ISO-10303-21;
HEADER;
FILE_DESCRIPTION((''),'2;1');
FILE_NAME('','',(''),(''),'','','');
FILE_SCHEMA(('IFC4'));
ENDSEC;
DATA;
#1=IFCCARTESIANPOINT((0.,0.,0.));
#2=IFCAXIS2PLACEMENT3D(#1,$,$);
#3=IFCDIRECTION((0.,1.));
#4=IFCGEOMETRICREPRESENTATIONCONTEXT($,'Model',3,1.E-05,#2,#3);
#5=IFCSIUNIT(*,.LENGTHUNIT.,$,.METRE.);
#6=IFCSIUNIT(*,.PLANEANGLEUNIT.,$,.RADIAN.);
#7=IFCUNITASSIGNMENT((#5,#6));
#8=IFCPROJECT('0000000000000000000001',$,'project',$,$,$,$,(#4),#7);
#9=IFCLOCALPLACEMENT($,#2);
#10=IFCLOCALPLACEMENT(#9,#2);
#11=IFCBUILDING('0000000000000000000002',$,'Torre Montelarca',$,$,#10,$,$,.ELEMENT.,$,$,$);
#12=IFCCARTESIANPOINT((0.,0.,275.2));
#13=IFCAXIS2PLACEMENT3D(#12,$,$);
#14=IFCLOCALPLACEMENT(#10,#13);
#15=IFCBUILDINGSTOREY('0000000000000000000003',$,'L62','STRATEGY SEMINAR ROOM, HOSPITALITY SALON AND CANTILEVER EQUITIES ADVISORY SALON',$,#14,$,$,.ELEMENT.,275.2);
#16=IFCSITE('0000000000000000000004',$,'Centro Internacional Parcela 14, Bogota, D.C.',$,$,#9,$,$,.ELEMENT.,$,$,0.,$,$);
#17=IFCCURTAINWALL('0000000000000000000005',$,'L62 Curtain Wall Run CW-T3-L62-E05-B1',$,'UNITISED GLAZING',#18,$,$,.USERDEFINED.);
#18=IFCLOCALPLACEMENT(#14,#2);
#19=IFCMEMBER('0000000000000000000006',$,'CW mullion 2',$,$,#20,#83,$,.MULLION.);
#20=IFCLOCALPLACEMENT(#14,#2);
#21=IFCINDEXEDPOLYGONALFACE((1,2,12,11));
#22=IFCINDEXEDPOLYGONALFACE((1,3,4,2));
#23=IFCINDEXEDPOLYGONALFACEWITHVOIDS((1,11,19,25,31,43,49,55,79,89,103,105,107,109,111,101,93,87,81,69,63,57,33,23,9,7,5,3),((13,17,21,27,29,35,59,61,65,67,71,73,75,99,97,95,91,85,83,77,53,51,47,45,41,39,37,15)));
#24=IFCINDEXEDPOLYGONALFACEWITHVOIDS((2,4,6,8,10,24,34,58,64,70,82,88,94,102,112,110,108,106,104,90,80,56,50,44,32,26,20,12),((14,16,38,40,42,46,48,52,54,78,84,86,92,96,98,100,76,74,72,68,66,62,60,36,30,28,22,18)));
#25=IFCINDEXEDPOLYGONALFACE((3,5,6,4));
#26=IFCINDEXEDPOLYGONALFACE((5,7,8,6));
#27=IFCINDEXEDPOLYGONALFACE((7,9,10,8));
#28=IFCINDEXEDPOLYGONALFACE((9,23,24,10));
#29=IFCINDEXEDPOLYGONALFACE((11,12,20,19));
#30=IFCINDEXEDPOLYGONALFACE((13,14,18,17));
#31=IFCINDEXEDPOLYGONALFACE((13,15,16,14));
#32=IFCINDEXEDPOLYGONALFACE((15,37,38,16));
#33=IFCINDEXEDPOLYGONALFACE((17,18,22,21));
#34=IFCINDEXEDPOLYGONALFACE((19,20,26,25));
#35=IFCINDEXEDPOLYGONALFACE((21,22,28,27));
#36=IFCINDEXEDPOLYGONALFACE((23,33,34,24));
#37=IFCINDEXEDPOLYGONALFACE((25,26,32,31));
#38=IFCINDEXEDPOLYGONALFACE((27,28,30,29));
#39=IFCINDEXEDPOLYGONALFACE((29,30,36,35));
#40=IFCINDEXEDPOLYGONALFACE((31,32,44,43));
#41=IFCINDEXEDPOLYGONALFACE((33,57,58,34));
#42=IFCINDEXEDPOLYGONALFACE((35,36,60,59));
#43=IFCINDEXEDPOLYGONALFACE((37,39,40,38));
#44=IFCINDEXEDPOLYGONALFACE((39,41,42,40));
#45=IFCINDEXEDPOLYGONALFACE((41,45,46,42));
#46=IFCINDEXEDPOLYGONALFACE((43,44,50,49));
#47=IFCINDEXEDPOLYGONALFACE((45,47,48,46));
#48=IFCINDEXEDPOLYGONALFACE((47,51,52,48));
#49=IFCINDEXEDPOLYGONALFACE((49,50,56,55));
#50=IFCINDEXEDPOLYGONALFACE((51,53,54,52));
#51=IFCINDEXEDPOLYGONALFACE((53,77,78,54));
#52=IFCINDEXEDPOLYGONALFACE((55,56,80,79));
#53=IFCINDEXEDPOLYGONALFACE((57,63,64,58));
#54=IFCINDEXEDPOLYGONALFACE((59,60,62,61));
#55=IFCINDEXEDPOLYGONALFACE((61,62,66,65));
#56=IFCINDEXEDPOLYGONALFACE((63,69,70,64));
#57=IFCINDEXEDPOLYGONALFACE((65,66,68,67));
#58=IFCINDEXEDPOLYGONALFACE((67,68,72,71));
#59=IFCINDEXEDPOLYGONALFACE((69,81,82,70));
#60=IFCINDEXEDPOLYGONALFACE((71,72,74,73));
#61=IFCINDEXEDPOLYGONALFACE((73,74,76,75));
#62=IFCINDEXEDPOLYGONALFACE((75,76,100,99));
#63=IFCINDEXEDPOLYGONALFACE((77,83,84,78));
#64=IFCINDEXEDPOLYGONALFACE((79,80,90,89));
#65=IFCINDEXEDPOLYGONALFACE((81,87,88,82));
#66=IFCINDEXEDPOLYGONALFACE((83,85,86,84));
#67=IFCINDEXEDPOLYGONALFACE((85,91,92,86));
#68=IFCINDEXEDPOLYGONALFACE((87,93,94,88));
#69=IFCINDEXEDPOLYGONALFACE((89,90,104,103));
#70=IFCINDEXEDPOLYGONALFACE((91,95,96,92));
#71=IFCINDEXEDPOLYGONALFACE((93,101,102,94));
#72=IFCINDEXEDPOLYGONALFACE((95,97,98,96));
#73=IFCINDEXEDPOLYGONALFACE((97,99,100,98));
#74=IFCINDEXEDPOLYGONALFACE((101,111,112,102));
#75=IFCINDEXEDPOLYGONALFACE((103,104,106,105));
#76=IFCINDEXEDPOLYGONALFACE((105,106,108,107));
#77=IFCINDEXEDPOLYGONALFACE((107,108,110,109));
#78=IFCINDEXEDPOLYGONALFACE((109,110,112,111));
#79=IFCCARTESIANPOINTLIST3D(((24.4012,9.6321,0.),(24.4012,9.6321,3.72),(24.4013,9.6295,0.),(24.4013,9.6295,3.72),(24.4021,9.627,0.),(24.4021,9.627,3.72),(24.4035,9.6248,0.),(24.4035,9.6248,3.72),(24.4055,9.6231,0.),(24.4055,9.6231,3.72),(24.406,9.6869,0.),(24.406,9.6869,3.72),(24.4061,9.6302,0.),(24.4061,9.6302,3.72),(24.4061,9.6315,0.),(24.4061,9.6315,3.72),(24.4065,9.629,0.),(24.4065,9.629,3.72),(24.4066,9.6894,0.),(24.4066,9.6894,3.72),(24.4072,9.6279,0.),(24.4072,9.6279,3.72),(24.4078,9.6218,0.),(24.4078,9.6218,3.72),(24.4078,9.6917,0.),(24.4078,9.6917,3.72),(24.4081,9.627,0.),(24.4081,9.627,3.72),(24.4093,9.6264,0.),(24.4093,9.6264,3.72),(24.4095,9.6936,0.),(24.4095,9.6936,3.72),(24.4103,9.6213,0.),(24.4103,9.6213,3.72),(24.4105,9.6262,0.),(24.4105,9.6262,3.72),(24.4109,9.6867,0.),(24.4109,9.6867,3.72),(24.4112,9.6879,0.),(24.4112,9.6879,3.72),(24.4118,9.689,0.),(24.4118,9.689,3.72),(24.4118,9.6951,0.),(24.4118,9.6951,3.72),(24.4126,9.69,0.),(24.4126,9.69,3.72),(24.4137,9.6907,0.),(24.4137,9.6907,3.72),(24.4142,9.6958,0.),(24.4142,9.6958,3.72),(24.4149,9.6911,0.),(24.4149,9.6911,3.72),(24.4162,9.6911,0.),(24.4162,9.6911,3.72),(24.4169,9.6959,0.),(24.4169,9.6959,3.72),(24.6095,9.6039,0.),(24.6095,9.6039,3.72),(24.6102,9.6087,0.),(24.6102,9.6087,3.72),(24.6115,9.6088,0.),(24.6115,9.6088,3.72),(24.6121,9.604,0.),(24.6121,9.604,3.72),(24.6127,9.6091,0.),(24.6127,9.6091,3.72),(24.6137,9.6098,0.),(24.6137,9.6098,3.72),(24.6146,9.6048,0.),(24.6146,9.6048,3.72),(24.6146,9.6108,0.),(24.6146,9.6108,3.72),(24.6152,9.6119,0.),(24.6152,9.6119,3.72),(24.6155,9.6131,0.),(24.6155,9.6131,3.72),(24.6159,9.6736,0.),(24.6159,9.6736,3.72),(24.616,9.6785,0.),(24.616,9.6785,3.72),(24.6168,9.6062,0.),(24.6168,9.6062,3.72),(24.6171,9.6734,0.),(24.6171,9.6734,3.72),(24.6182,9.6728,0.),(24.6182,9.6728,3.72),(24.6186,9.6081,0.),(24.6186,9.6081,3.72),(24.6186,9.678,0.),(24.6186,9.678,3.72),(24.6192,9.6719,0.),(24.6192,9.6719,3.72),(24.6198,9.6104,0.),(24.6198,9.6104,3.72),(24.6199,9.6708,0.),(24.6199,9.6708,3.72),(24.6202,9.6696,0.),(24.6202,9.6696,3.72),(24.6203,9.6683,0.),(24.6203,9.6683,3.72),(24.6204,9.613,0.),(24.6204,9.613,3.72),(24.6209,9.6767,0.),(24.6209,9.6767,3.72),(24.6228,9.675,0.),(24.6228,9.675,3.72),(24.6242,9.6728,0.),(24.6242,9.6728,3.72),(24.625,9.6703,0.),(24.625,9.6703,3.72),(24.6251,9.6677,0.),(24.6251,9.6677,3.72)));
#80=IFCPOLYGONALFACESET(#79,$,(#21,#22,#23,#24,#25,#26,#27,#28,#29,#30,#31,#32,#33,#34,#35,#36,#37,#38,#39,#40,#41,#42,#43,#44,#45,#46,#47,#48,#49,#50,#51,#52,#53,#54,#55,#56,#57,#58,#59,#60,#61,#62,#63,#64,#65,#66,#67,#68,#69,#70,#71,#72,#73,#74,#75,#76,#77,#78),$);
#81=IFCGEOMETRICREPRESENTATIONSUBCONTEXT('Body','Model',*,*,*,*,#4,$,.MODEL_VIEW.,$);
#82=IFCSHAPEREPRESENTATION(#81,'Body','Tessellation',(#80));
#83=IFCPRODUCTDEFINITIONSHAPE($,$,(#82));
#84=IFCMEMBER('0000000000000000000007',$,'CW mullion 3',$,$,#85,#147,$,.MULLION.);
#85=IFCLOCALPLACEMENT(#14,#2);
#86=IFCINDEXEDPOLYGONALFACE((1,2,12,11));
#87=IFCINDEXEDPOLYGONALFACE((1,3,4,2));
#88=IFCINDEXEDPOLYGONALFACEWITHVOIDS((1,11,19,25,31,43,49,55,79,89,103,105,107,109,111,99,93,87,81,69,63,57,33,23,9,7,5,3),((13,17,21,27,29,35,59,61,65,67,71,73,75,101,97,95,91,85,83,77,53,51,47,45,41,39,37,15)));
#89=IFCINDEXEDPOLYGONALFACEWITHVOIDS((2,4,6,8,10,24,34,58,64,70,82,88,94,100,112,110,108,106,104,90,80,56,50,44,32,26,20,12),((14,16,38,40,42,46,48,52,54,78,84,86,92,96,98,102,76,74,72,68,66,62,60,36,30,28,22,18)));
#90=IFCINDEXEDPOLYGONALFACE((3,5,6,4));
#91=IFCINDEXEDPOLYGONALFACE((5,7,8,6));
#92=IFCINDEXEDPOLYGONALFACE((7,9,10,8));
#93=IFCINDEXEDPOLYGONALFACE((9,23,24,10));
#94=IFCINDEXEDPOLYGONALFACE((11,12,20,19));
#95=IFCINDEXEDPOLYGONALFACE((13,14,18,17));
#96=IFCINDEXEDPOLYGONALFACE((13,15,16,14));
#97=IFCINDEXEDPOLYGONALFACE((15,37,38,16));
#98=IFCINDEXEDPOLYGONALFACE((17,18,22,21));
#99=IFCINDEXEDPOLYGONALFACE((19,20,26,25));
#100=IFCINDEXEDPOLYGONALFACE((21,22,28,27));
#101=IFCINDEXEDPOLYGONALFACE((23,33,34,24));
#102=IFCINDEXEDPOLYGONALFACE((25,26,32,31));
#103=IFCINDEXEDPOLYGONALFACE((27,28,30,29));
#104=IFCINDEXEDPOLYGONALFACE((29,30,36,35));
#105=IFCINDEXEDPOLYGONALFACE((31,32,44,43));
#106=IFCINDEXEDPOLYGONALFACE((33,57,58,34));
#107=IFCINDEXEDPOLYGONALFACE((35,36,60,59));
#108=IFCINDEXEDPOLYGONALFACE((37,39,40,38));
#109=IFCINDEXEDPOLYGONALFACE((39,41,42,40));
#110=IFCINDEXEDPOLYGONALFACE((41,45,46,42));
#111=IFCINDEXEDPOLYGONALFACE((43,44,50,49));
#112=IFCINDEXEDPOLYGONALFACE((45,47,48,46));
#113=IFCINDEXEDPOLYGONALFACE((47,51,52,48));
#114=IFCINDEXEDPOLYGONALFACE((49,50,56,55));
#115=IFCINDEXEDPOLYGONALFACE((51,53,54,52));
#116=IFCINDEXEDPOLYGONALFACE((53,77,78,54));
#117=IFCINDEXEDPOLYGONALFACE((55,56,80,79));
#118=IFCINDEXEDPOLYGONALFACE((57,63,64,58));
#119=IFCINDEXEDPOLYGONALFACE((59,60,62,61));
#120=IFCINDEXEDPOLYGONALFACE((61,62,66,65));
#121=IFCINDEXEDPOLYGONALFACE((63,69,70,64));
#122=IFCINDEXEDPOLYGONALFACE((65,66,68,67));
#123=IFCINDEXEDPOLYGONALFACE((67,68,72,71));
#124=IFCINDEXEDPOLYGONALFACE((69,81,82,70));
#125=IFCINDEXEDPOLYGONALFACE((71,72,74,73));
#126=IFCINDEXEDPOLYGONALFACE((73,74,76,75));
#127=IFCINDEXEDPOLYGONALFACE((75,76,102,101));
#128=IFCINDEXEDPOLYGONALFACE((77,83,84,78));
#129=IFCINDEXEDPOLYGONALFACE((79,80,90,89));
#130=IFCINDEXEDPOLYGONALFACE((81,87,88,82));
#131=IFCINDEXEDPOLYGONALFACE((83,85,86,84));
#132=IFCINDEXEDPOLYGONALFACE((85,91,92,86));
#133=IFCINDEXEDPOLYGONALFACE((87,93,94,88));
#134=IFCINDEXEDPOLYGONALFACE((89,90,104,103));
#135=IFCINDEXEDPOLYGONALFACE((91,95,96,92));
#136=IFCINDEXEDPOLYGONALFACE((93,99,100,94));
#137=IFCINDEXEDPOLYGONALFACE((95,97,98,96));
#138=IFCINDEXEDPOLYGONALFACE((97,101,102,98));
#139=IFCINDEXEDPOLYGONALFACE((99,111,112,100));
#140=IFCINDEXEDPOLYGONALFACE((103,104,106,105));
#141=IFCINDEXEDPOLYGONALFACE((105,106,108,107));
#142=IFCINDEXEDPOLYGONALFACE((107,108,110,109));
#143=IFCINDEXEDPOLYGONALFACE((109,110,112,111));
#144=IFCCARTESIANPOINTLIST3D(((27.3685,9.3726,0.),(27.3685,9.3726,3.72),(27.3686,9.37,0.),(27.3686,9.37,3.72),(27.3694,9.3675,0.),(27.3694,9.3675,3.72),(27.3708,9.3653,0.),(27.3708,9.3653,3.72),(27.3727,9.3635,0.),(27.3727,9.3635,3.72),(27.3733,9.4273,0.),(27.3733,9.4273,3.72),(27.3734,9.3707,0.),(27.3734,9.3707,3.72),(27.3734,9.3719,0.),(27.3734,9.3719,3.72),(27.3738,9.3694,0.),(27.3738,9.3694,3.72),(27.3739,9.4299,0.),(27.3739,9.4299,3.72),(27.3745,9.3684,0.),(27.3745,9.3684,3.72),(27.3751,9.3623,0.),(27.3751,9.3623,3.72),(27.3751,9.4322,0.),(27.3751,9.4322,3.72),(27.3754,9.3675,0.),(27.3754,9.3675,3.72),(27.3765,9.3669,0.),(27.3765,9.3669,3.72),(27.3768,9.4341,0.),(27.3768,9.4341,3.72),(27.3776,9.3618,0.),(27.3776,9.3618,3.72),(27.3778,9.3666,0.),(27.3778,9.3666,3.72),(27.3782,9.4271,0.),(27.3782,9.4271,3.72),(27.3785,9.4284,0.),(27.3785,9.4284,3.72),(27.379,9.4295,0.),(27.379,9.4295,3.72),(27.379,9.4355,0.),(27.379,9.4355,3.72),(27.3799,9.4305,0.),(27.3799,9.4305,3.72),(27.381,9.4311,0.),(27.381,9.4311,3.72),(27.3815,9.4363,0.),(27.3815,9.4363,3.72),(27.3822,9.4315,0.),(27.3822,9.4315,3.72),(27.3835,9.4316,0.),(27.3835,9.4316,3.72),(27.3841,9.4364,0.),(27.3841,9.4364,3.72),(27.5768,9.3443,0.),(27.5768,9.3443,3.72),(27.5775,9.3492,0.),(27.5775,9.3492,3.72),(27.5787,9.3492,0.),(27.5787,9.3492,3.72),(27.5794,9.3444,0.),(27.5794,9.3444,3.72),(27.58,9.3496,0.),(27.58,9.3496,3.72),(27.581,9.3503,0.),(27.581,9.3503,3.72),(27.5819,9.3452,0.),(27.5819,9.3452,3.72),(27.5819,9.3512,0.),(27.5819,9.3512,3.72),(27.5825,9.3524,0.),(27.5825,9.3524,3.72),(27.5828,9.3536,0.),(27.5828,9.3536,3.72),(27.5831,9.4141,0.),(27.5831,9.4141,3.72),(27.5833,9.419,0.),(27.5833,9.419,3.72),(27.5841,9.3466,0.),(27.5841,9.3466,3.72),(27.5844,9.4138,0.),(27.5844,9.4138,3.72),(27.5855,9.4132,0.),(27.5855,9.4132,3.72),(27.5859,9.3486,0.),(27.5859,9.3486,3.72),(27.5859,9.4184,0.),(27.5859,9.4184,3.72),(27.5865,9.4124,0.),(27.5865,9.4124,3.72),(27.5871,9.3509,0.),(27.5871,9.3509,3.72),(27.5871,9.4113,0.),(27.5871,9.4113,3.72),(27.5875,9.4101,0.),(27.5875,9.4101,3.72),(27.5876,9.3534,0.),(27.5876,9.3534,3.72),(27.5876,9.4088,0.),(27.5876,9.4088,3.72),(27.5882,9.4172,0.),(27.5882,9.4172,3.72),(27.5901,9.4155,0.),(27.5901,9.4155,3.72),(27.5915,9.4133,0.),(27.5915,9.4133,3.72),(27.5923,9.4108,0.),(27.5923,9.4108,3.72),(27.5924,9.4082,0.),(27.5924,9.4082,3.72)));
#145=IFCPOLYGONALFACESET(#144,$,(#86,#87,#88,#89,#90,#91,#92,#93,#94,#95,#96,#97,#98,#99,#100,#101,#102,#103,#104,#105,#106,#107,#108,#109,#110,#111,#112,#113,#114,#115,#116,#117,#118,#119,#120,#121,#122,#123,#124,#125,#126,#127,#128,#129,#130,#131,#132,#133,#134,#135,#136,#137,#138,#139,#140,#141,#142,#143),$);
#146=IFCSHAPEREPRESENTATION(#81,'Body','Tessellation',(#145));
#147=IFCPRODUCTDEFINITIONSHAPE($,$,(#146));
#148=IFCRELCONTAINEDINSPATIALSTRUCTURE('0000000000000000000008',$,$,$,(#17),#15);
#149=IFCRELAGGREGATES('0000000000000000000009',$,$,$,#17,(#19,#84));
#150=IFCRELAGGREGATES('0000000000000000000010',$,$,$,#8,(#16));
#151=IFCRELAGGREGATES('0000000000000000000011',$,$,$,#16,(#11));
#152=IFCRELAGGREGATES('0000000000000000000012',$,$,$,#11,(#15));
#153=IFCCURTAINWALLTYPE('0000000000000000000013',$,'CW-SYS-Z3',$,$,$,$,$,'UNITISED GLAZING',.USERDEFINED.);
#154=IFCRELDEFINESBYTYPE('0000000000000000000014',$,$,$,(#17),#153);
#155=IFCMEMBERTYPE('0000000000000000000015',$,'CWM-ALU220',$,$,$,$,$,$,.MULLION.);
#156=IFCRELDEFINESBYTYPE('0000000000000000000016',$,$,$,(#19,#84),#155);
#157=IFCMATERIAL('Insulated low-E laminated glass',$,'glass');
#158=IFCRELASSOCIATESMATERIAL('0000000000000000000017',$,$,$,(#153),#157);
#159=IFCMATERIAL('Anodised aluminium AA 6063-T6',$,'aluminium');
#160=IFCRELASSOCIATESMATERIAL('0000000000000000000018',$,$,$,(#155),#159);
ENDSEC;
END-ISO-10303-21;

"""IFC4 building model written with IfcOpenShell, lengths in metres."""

from ifc_helpers import new_model, si_unit, direction, frame, origin, origin_2d, place, context, subcontext, project, spatial, hollow_rectangle, extrude, source, transform, mapped, material, material_profile, profile_set, type_object, element, aggregate, save


model = new_model("IFC4")

# Units and contexts
model_context = context("Model", 3, precision=1e-05, world=origin(), true_north=direction((0.0, 1.0)))
body_context = subcontext(model_context, "Body", "Model", "MODEL_VIEW")
ifc_project = project(units=[si_unit("LENGTHUNIT", "METRE"), si_unit("PLANEANGLEUNIT", "RADIAN")], contexts=[model_context])

# Site, building, storey
site_placement = place(None, origin())
site = spatial("IfcSite", under=ifc_project, at=site_placement, Name="Centro Internacional Parcela 14, Bogota, D.C.", CompositionType="ELEMENT", RefElevation=0.0)
building_placement = place(site_placement, origin())
building = spatial("IfcBuilding", under=site, at=building_placement, Name="Torre Montelarca", CompositionType="ELEMENT")
storey_placement = place(building_placement, frame((0.0, 0.0, 275.2)))
storey = spatial("IfcBuildingStorey", under=building, at=storey_placement, Name="L62", Description="STRATEGY SEMINAR ROOM, HOSPITALITY SALON AND CANTILEVER EQUITIES ADVISORY SALON", CompositionType="ELEMENT", Elevation=275.2)

# Curtain wall, members
ifc_material_1 = material(Name="Insulated low-E laminated glass", Category="glass")
curtain_wall_type = type_object("IfcCurtainWallType", Name="CW-SYS-Z3", ElementType="UNITISED GLAZING", PredefinedType="USERDEFINED", material=ifc_material_1)
curtain_wall_1_placement = place(storey_placement, origin())
curtain_wall_1 = element("IfcCurtainWall", 1, at=curtain_wall_1_placement, inside=storey, type_object=curtain_wall_type, Name="L62 Curtain Wall Run CW-T3-L62-E05-B1", ObjectType="UNITISED GLAZING", PredefinedType="USERDEFINED")
ifc_material_2 = material(Name="Anodised aluminium AA 6063-T6", Category="aluminium")
ifc_material_profile_1 = material_profile(ifc_material_2, hollow_rectangle(XDim=0.075, YDim=0.22, WallThickness=0.0049, InnerFilletRadius=0.0049, OuterFilletRadius=0.01, at=origin_2d()), Name="ALU75X220X5", Category="aluminium")
ifc_profile_set_1 = profile_set([ifc_material_profile_1], Name="Anodised aluminium AA 6063-T6")
member_type_1 = type_object("IfcMemberType", Name="CWM-ALU220", PredefinedType="MULLION", material=ifc_profile_set_1)
shared_shape_1 = source(origin(), body_context, "Body", "SweptSolid", [
    extrude(hollow_rectangle(XDim=0.075, YDim=0.22, WallThickness=0.0049, InnerFilletRadius=0.0049, OuterFilletRadius=0.01, at=origin_2d()), origin(), (0.0, 0.0, 1.0), 3.72),
])
member_1_placement = place(storey_placement, frame((24.5132, 9.6499, 0.0), z_axis=(0.0, 0.0, 1.0), x_axis=(0.087166, 0.996194, 0.0)))
member_1 = element("IfcMember", 2, at=member_1_placement, type_object=member_type_1, Name="CW mullion 2", PredefinedType="MULLION", context=body_context, shape_type="MappedRepresentation", body=[
    mapped(shared_shape_1, transform((0.0, 0.0, 0.0), scale=1.0)),
])
member_2_placement = place(storey_placement, frame((27.4805, 9.3904, 0.0), z_axis=(0.0, 0.0, 1.0), x_axis=(0.087166, 0.996194, 0.0)))
member_2 = element("IfcMember", 3, at=member_2_placement, type_object=member_type_1, Name="CW mullion 3", PredefinedType="MULLION", context=body_context, shape_type="MappedRepresentation", body=[
    mapped(shared_shape_1, transform((0.0, 0.0, 0.0), scale=1.0)),
])

aggregate(curtain_wall_1, [member_1, member_2])

save(model, "model.ifc")
